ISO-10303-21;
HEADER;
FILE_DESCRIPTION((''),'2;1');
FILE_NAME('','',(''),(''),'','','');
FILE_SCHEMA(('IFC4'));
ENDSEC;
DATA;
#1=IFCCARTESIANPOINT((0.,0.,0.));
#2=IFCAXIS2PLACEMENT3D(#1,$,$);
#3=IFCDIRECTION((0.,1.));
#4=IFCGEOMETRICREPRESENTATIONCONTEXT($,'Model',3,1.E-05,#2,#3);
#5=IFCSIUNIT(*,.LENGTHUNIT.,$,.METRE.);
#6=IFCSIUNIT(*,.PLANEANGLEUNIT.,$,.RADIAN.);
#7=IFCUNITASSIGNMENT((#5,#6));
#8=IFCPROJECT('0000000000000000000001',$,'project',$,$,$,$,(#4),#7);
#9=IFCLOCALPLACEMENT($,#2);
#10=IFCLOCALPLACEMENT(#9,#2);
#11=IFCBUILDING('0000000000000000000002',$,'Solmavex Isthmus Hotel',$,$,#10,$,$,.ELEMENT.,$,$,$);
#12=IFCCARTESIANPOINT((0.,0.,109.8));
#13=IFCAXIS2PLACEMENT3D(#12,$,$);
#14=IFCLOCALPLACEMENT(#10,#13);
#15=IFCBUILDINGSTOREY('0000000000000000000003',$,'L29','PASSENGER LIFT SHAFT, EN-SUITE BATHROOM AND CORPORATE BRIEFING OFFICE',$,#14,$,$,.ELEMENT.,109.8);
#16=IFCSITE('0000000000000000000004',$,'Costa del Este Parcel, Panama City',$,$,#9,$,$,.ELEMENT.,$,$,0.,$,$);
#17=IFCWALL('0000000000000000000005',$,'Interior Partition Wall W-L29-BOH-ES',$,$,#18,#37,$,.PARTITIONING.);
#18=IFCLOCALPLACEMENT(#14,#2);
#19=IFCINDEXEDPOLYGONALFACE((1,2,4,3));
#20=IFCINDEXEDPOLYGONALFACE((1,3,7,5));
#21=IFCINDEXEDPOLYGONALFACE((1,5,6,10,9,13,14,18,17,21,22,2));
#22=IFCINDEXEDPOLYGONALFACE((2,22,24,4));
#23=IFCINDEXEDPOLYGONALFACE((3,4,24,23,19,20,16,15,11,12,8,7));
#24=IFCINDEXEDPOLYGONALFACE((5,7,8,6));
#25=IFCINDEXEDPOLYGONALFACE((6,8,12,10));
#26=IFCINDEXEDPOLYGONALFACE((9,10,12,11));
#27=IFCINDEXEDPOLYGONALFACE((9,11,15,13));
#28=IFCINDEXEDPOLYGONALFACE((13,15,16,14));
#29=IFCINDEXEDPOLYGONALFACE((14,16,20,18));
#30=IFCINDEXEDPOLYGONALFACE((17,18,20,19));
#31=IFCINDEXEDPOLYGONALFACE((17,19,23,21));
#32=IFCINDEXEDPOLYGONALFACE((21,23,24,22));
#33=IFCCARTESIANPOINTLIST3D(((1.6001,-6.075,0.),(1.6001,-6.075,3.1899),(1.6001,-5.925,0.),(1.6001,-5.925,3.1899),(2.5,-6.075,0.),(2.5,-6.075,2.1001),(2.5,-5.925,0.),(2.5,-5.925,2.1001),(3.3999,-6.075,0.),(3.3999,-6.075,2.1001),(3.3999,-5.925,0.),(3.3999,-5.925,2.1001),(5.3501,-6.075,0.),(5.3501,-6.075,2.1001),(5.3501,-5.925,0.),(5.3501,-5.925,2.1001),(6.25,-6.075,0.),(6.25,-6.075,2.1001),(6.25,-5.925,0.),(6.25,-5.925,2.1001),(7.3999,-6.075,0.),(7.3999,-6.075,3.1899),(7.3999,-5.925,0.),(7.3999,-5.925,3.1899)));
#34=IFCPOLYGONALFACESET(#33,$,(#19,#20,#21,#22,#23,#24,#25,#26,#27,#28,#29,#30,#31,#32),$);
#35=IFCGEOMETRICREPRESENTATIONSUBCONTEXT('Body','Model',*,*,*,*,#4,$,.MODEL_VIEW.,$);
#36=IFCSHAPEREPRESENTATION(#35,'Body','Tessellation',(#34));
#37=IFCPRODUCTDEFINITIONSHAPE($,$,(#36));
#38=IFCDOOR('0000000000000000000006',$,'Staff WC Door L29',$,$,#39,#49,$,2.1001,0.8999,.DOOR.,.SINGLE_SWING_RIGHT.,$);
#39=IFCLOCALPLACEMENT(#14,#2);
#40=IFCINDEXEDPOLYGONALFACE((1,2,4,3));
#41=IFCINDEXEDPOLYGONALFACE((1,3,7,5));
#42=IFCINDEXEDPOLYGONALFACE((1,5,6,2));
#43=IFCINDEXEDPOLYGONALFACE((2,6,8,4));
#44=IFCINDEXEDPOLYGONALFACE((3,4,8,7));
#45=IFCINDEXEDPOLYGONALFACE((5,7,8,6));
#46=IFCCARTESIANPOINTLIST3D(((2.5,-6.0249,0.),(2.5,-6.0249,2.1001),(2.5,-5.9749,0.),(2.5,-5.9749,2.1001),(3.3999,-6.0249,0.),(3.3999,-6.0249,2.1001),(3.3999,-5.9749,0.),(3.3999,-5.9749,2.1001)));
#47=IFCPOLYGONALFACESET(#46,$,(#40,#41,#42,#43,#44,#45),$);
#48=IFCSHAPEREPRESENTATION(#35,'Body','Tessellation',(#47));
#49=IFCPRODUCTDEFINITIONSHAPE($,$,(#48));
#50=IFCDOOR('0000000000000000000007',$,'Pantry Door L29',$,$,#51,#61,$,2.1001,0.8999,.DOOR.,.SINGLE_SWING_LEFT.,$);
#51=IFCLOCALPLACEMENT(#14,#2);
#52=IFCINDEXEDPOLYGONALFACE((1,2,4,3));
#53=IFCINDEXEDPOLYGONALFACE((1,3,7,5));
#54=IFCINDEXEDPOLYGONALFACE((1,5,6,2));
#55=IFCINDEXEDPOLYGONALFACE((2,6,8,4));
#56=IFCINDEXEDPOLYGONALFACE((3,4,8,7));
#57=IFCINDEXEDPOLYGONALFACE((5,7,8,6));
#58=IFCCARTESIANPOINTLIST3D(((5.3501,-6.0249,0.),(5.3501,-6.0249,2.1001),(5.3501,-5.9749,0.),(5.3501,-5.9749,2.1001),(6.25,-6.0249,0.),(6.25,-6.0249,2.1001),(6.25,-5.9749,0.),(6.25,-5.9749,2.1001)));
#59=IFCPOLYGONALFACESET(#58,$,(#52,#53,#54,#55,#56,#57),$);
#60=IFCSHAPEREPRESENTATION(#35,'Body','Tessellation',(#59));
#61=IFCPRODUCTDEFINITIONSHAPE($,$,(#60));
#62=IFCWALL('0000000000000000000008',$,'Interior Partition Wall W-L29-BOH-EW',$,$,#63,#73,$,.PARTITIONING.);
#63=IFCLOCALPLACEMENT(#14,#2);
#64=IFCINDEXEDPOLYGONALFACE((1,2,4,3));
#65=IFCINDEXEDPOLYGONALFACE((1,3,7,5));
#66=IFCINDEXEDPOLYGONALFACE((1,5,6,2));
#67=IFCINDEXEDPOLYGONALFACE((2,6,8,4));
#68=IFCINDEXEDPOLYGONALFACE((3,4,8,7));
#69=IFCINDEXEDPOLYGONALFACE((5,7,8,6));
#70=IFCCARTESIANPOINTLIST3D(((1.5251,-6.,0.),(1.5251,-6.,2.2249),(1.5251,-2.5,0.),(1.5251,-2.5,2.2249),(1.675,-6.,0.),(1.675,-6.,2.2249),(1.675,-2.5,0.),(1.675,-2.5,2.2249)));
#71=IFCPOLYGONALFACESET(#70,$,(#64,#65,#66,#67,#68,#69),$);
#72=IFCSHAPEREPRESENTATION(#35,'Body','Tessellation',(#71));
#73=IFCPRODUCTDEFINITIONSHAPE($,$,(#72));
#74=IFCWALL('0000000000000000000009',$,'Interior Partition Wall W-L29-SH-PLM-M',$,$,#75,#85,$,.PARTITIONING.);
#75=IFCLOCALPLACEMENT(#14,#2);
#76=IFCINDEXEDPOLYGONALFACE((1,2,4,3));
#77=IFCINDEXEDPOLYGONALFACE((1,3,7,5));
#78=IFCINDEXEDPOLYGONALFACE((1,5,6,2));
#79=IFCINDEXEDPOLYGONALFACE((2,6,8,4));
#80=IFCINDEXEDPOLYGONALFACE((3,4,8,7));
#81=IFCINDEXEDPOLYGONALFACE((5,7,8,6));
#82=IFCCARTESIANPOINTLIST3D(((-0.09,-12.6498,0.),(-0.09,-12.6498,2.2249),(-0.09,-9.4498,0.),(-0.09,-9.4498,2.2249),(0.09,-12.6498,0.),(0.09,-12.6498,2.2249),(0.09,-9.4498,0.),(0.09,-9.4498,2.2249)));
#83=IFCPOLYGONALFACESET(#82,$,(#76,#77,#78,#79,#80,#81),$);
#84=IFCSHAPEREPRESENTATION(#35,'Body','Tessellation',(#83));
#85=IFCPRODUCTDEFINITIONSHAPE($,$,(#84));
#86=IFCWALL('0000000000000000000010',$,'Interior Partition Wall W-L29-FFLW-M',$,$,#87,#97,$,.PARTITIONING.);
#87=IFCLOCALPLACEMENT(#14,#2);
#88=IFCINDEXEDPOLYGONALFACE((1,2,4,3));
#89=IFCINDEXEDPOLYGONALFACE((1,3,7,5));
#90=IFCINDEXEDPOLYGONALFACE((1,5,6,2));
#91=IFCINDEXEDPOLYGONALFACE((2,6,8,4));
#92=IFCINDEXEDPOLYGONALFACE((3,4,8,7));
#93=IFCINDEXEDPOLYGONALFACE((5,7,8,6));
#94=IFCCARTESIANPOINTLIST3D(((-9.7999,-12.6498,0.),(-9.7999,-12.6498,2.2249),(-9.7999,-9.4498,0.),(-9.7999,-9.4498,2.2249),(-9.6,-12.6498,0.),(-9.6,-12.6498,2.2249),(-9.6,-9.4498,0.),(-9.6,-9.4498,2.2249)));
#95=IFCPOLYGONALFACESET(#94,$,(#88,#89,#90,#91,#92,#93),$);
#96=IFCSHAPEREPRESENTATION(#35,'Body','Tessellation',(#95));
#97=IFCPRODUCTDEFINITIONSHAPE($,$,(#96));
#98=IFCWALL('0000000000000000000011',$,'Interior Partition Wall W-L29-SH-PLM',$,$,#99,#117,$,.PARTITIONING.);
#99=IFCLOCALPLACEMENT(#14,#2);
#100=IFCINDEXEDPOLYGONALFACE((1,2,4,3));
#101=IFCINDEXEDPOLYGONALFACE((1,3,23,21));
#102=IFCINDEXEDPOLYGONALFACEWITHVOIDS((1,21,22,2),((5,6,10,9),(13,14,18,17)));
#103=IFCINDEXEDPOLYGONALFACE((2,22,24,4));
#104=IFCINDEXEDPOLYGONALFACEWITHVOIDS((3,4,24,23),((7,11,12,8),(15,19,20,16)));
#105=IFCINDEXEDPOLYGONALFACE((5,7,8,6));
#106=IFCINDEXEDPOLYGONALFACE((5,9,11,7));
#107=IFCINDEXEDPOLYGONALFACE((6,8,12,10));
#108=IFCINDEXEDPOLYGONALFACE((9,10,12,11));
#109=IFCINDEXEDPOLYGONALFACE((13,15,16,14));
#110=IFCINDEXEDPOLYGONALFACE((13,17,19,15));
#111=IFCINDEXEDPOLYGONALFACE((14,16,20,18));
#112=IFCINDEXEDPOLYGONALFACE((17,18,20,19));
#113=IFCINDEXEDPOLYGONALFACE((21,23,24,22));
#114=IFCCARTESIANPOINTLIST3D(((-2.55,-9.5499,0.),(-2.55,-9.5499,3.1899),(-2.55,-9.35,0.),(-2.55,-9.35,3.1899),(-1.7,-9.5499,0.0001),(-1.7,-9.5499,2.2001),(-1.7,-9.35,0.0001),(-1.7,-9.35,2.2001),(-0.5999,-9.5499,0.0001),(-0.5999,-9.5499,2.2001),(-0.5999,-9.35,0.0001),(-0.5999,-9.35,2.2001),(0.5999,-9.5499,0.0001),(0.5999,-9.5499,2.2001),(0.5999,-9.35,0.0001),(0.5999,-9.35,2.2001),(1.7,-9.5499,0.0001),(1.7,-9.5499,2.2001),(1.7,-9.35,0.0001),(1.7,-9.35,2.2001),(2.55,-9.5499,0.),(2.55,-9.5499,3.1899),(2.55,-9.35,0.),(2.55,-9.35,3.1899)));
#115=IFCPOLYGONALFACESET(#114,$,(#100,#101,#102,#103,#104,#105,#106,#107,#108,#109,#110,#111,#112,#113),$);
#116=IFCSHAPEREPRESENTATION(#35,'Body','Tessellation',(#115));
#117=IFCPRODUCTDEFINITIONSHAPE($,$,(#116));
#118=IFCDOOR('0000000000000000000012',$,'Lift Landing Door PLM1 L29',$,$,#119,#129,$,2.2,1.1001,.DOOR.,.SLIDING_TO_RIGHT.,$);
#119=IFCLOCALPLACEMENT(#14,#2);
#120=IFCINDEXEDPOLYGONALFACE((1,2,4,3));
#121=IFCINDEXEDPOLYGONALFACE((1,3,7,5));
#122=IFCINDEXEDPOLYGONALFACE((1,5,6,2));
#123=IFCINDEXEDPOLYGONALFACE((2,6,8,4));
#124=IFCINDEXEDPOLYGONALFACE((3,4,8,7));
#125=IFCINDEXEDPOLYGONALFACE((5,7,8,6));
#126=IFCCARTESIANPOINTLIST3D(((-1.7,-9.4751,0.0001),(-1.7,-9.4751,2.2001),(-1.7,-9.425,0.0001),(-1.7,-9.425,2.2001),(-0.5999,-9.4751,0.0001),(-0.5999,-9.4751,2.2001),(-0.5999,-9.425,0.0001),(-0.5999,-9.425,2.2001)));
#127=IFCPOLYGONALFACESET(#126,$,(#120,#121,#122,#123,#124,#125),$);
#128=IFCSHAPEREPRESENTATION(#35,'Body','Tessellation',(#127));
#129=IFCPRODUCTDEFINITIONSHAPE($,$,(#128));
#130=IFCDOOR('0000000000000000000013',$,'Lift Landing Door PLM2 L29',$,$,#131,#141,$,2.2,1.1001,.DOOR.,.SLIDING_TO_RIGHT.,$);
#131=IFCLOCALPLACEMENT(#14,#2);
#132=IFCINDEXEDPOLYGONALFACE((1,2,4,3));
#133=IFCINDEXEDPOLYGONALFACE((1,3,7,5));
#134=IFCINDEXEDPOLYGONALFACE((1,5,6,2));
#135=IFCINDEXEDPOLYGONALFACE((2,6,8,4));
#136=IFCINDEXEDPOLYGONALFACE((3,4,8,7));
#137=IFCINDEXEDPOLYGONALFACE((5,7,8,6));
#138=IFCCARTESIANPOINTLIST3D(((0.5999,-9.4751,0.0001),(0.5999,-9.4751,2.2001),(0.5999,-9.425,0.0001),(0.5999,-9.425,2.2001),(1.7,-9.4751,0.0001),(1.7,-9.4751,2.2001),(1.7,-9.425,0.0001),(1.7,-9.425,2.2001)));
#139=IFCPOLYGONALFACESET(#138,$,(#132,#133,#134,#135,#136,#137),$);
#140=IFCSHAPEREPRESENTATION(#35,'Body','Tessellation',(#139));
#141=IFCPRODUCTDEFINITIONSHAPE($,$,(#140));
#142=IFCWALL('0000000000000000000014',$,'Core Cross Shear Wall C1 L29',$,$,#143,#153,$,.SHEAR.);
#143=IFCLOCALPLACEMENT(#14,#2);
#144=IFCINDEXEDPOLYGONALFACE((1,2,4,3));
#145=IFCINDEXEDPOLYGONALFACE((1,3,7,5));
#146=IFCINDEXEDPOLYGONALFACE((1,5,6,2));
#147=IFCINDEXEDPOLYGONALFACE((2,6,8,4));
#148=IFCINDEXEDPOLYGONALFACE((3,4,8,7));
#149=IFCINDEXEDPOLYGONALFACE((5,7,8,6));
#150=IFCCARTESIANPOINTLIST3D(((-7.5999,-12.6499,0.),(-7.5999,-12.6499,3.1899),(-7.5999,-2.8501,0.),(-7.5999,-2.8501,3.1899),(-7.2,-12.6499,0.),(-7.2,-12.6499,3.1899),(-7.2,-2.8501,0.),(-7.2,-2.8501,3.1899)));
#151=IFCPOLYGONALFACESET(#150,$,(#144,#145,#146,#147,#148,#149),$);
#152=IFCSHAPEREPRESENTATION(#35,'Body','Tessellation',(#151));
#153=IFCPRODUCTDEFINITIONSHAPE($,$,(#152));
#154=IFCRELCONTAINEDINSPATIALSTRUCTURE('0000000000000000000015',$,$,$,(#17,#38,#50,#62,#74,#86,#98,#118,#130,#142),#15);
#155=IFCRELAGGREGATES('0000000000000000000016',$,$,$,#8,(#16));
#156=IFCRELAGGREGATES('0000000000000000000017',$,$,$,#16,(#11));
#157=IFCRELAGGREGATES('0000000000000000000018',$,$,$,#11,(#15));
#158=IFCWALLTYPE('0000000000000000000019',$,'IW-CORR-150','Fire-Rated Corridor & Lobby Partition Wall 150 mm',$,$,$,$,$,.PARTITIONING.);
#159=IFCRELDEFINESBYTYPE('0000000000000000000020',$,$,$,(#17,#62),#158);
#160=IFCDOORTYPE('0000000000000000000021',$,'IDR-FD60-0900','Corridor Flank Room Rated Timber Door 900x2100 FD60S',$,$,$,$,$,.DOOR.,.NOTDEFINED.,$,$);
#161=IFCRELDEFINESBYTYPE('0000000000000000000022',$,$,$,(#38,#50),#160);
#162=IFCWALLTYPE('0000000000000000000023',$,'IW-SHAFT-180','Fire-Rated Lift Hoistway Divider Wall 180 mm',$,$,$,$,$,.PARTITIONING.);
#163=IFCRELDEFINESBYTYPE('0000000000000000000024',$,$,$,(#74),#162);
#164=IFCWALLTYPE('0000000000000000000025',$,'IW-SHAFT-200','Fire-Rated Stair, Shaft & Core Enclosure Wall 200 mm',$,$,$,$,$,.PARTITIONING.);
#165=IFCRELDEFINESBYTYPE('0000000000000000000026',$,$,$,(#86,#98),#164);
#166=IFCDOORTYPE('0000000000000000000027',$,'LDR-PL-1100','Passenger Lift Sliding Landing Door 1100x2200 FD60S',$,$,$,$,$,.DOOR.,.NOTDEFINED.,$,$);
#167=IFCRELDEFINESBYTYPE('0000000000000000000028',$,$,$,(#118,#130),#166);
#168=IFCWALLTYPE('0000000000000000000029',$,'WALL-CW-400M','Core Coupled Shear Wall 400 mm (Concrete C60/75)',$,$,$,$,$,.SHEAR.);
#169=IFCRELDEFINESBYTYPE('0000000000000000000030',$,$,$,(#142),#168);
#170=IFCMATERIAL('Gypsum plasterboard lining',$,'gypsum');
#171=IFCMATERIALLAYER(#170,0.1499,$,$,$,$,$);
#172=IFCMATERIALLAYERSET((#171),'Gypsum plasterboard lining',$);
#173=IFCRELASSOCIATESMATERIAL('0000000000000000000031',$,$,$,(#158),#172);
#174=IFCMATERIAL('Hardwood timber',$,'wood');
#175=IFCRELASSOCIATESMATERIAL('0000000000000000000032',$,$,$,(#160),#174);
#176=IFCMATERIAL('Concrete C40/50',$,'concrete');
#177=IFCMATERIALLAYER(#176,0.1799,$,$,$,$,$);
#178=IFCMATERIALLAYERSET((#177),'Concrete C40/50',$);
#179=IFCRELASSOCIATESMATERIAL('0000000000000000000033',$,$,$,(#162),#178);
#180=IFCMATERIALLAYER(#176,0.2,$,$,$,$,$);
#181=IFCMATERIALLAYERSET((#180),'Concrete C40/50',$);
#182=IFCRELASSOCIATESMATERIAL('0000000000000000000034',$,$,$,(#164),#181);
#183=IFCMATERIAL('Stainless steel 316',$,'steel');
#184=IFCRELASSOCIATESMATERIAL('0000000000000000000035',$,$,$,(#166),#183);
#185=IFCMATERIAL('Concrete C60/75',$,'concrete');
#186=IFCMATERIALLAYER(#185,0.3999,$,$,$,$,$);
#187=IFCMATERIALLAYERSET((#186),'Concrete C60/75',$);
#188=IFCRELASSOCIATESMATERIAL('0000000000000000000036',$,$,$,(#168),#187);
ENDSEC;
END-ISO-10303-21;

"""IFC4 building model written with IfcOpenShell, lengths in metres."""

from ifc_helpers import new_model, si_unit, direction, frame, frame_2d, origin, place, context, subcontext, project, spatial, rectangle, extrude, material, layer, layer_set, type_object, element, fill, save


model = new_model("IFC4")

# Units and contexts
model_context = context("Model", 3, precision=1e-05, world=origin(), true_north=direction((0.0, 1.0)))
body_context = subcontext(model_context, "Body", "Model", "MODEL_VIEW")
ifc_project = project(units=[si_unit("LENGTHUNIT", "METRE"), si_unit("PLANEANGLEUNIT", "RADIAN")], contexts=[model_context])

# Site, building, storey
site_placement = place(None, origin())
site = spatial("IfcSite", under=ifc_project, at=site_placement, Name="Costa del Este Parcel, Panama City", CompositionType="ELEMENT", RefElevation=0.0)
building_placement = place(site_placement, origin())
building = spatial("IfcBuilding", under=site, at=building_placement, Name="Solmavex Isthmus Hotel", CompositionType="ELEMENT")
storey_placement = place(building_placement, frame((0.0, 0.0, 109.8)))
storey = spatial("IfcBuildingStorey", under=building, at=storey_placement, Name="L29", Description="PASSENGER LIFT SHAFT, EN-SUITE BATHROOM AND CORPORATE BRIEFING OFFICE", CompositionType="ELEMENT", Elevation=109.8)

# Shared definitions
ifc_material_1 = material(Name="Concrete C60/75", Category="concrete")

# Shared definitions
ifc_material_2 = material(Name="Concrete C40/50", Category="concrete")

# Shared definitions
ifc_material_3 = material(Name="Gypsum plasterboard lining", Category="gypsum")
ifc_material_4 = material(Name="Hardwood timber", Category="wood")

# Shared definitions
ifc_layer_1 = layer(ifc_material_3, 0.1499)
ifc_layer_set_1 = layer_set([ifc_layer_1], Name="Gypsum plasterboard lining")
wall_type_1 = type_object("IfcWallType", Name="IW-CORR-150", Description="Fire-Rated Corridor & Lobby Partition Wall 150 mm", PredefinedType="PARTITIONING", material=ifc_layer_set_1)

# Wall, openings, doors
wall_1_placement = place(storey_placement, frame((1.6001, -6.0, 0.0), z_axis=(0.0, 0.0, 1.0), x_axis=(1.0, 0.0, 0.0)))
wall_1 = element("IfcWall", 1, at=wall_1_placement, inside=storey, type_object=wall_type_1, Name="Interior Partition Wall W-L29-BOH-ES", PredefinedType="PARTITIONING", context=body_context, shape_type="SweptSolid", body=[
    extrude(rectangle(XDim=5.7998, YDim=0.1499, at=frame_2d((2.8999, 0.0))), origin(), (0.0, 0.0, 1.0), 3.1899),
])
opening_1_placement = place(wall_1_placement, frame((0.8999, 0.0, 0.0)))
opening_1 = element("IfcOpeningElement", 2, at=opening_1_placement, cuts=wall_1, PredefinedType="OPENING", context=body_context, shape_type="SweptSolid", body=[
    extrude(rectangle(XDim=0.8999, YDim=2.1001, at=frame_2d((0.45, 1.05))), frame((0.0, 0.085, 0.0), z_axis=(0.0, -1.0, 0.0), x_axis=(1.0, 0.0, 0.0)), (0.0, 0.0, 1.0), 0.1699),
])
opening_2_placement = place(wall_1_placement, frame((3.75, 0.0, 0.0)))
opening_2 = element("IfcOpeningElement", 3, at=opening_2_placement, cuts=wall_1, PredefinedType="OPENING", context=body_context, shape_type="SweptSolid", body=[
    extrude(rectangle(XDim=0.8999, YDim=2.1001, at=frame_2d((0.45, 1.05))), frame((0.0, 0.085, 0.0), z_axis=(0.0, -1.0, 0.0), x_axis=(1.0, 0.0, 0.0)), (0.0, 0.0, 1.0), 0.1699),
])
door_type_1 = type_object("IfcDoorType", Name="IDR-FD60-0900", Description="Corridor Flank Room Rated Timber Door 900x2100 FD60S", OperationType="NOTDEFINED", PredefinedType="DOOR", material=ifc_material_4)
door_1_placement = place(opening_1_placement, frame((0.8999, 0.0, 0.0), z_axis=(0.0, 0.0, 1.0), x_axis=(-1.0, 0.0, 0.0)))
door_1 = element("IfcDoor", 4, at=door_1_placement, inside=storey, type_object=door_type_1, Name="Staff WC Door L29", OperationType="SINGLE_SWING_RIGHT", OverallHeight=2.1001, OverallWidth=0.8999, PredefinedType="DOOR", context=body_context, shape_type="SweptSolid", body=[
    extrude(rectangle(XDim=0.8999, YDim=2.1001, at=frame_2d((0.45, 1.05))), frame((0.0, 0.0249, 0.0), z_axis=(0.0, -1.0, 0.0), x_axis=(1.0, 0.0, 0.0)), (0.0, 0.0, 1.0), 0.05),
])
fill(opening_1, door_1)
door_2_placement = place(opening_2_placement, frame((0.8999, 0.0, 0.0), z_axis=(0.0, 0.0, 1.0), x_axis=(-1.0, 0.0, 0.0)))
door_2 = element("IfcDoor", 5, at=door_2_placement, inside=storey, type_object=door_type_1, Name="Pantry Door L29", OperationType="SINGLE_SWING_LEFT", OverallHeight=2.1001, OverallWidth=0.8999, PredefinedType="DOOR", context=body_context, shape_type="SweptSolid", body=[
    extrude(rectangle(XDim=0.8999, YDim=2.1001, at=frame_2d((0.45, 1.05))), frame((0.0, 0.0249, 0.0), z_axis=(0.0, -1.0, 0.0), x_axis=(1.0, 0.0, 0.0)), (0.0, 0.0, 1.0), 0.05),
])
fill(opening_2, door_2)

# Walls
wall_2_placement = place(storey_placement, frame((1.6001, -6.0, 0.0), z_axis=(0.0, 0.0, 1.0), x_axis=(0.0, 1.0, 0.0)))
element("IfcWall", 6, at=wall_2_placement, inside=storey, type_object=wall_type_1, Name="Interior Partition Wall W-L29-BOH-EW", PredefinedType="PARTITIONING", context=body_context, shape_type="SweptSolid", body=[
    extrude(rectangle(XDim=3.5, YDim=0.1499, at=frame_2d((1.75, 0.0))), origin(), (0.0, 0.0, 1.0), 2.2249),
])
ifc_layer_2 = layer(ifc_material_2, 0.1799)
ifc_layer_set_2 = layer_set([ifc_layer_2], Name="Concrete C40/50")
wall_type_2 = type_object("IfcWallType", Name="IW-SHAFT-180", Description="Fire-Rated Lift Hoistway Divider Wall 180 mm", PredefinedType="PARTITIONING", material=ifc_layer_set_2)
wall_3_placement = place(storey_placement, frame((0.0, -12.6499, 0.0), z_axis=(0.0, 0.0, 1.0), x_axis=(0.0, 1.0, 0.0)))
element("IfcWall", 7, at=wall_3_placement, inside=storey, type_object=wall_type_2, Name="Interior Partition Wall W-L29-SH-PLM-M", PredefinedType="PARTITIONING", context=body_context, shape_type="SweptSolid", body=[
    extrude(rectangle(XDim=3.2, YDim=0.1799, at=frame_2d((1.6001, 0.0))), origin(), (0.0, 0.0, 1.0), 2.2249),
])
ifc_layer_3 = layer(ifc_material_2, 0.2)
ifc_layer_set_3 = layer_set([ifc_layer_3], Name="Concrete C40/50")
wall_type_3 = type_object("IfcWallType", Name="IW-SHAFT-200", Description="Fire-Rated Stair, Shaft & Core Enclosure Wall 200 mm", PredefinedType="PARTITIONING", material=ifc_layer_set_3)
wall_4_placement = place(storey_placement, frame((-9.7, -12.6499, 0.0), z_axis=(0.0, 0.0, 1.0), x_axis=(0.0, 1.0, 0.0)))
element("IfcWall", 8, at=wall_4_placement, inside=storey, type_object=wall_type_3, Name="Interior Partition Wall W-L29-FFLW-M", PredefinedType="PARTITIONING", context=body_context, shape_type="SweptSolid", body=[
    extrude(rectangle(XDim=3.2, YDim=0.2, at=frame_2d((1.6001, 0.0))), origin(), (0.0, 0.0, 1.0), 2.2249),
])

# Wall, openings, doors
wall_5_placement = place(storey_placement, frame((-2.55, -9.45, 0.0), z_axis=(0.0, 0.0, 1.0), x_axis=(1.0, 0.0, 0.0)))
wall_5 = element("IfcWall", 9, at=wall_5_placement, inside=storey, type_object=wall_type_3, Name="Interior Partition Wall W-L29-SH-PLM", PredefinedType="PARTITIONING", context=body_context, shape_type="SweptSolid", body=[
    extrude(rectangle(XDim=5.1001, YDim=0.2, at=frame_2d((2.55, 0.0))), origin(), (0.0, 0.0, 1.0), 3.1899),
])
opening_3_placement = place(wall_5_placement, frame((0.8501, 0.0, 0.0)))
opening_3 = element("IfcOpeningElement", 10, at=opening_3_placement, cuts=wall_5, PredefinedType="OPENING", context=body_context, shape_type="SweptSolid", body=[
    extrude(rectangle(XDim=1.1001, YDim=2.2, at=frame_2d((0.55, 1.1001))), frame((0.0, 0.1099, 0.0), z_axis=(0.0, -1.0, 0.0), x_axis=(1.0, 0.0, 0.0)), (0.0, 0.0, 1.0), 0.22),
])
opening_4_placement = place(wall_5_placement, frame((3.1499, 0.0, 0.0)))
opening_4 = element("IfcOpeningElement", 11, at=opening_4_placement, cuts=wall_5, PredefinedType="OPENING", context=body_context, shape_type="SweptSolid", body=[
    extrude(rectangle(XDim=1.1001, YDim=2.2, at=frame_2d((0.55, 1.1001))), frame((0.0, 0.1099, 0.0), z_axis=(0.0, -1.0, 0.0), x_axis=(1.0, 0.0, 0.0)), (0.0, 0.0, 1.0), 0.22),
])
ifc_material_5 = material(Name="Stainless steel 316", Category="steel")
door_type_2 = type_object("IfcDoorType", Name="LDR-PL-1100", Description="Passenger Lift Sliding Landing Door 1100x2200 FD60S", OperationType="NOTDEFINED", PredefinedType="DOOR", material=ifc_material_5)
door_3_placement = place(opening_3_placement, origin())
door_3 = element("IfcDoor", 12, at=door_3_placement, inside=storey, type_object=door_type_2, Name="Lift Landing Door PLM1 L29", OperationType="SLIDING_TO_RIGHT", OverallHeight=2.2, OverallWidth=1.1001, PredefinedType="DOOR", context=body_context, shape_type="SweptSolid", body=[
    extrude(rectangle(XDim=1.1001, YDim=2.2, at=frame_2d((0.55, 1.1001))), frame((0.0, 0.0249, 0.0), z_axis=(0.0, -1.0, 0.0), x_axis=(1.0, 0.0, 0.0)), (0.0, 0.0, 1.0), 0.05),
])
fill(opening_3, door_3)
door_4_placement = place(opening_4_placement, origin())
door_4 = element("IfcDoor", 13, at=door_4_placement, inside=storey, type_object=door_type_2, Name="Lift Landing Door PLM2 L29", OperationType="SLIDING_TO_RIGHT", OverallHeight=2.2, OverallWidth=1.1001, PredefinedType="DOOR", context=body_context, shape_type="SweptSolid", body=[
    extrude(rectangle(XDim=1.1001, YDim=2.2, at=frame_2d((0.55, 1.1001))), frame((0.0, 0.0249, 0.0), z_axis=(0.0, -1.0, 0.0), x_axis=(1.0, 0.0, 0.0)), (0.0, 0.0, 1.0), 0.05),
])
fill(opening_4, door_4)

# Wall
ifc_layer_4 = layer(ifc_material_1, 0.3999)
ifc_layer_set_4 = layer_set([ifc_layer_4], Name="Concrete C60/75")
wall_type_4 = type_object("IfcWallType", Name="WALL-CW-400M", Description="Core Coupled Shear Wall 400 mm (Concrete C60/75)", PredefinedType="SHEAR", material=ifc_layer_set_4)
wall_6_placement = place(storey_placement, frame((-7.3999, -12.6499, 0.0), z_axis=(0.0, 0.0, 1.0), x_axis=(0.0, 1.0, 0.0)))
element("IfcWall", 14, at=wall_6_placement, inside=storey, type_object=wall_type_4, Name="Core Cross Shear Wall C1 L29", PredefinedType="SHEAR", context=body_context, shape_type="SweptSolid", body=[
    extrude(rectangle(XDim=9.7998, YDim=0.3999, at=frame_2d((4.8999, 0.0))), origin(), (0.0, 0.0, 1.0), 3.1899),
])

save(model, "model.ifc")
